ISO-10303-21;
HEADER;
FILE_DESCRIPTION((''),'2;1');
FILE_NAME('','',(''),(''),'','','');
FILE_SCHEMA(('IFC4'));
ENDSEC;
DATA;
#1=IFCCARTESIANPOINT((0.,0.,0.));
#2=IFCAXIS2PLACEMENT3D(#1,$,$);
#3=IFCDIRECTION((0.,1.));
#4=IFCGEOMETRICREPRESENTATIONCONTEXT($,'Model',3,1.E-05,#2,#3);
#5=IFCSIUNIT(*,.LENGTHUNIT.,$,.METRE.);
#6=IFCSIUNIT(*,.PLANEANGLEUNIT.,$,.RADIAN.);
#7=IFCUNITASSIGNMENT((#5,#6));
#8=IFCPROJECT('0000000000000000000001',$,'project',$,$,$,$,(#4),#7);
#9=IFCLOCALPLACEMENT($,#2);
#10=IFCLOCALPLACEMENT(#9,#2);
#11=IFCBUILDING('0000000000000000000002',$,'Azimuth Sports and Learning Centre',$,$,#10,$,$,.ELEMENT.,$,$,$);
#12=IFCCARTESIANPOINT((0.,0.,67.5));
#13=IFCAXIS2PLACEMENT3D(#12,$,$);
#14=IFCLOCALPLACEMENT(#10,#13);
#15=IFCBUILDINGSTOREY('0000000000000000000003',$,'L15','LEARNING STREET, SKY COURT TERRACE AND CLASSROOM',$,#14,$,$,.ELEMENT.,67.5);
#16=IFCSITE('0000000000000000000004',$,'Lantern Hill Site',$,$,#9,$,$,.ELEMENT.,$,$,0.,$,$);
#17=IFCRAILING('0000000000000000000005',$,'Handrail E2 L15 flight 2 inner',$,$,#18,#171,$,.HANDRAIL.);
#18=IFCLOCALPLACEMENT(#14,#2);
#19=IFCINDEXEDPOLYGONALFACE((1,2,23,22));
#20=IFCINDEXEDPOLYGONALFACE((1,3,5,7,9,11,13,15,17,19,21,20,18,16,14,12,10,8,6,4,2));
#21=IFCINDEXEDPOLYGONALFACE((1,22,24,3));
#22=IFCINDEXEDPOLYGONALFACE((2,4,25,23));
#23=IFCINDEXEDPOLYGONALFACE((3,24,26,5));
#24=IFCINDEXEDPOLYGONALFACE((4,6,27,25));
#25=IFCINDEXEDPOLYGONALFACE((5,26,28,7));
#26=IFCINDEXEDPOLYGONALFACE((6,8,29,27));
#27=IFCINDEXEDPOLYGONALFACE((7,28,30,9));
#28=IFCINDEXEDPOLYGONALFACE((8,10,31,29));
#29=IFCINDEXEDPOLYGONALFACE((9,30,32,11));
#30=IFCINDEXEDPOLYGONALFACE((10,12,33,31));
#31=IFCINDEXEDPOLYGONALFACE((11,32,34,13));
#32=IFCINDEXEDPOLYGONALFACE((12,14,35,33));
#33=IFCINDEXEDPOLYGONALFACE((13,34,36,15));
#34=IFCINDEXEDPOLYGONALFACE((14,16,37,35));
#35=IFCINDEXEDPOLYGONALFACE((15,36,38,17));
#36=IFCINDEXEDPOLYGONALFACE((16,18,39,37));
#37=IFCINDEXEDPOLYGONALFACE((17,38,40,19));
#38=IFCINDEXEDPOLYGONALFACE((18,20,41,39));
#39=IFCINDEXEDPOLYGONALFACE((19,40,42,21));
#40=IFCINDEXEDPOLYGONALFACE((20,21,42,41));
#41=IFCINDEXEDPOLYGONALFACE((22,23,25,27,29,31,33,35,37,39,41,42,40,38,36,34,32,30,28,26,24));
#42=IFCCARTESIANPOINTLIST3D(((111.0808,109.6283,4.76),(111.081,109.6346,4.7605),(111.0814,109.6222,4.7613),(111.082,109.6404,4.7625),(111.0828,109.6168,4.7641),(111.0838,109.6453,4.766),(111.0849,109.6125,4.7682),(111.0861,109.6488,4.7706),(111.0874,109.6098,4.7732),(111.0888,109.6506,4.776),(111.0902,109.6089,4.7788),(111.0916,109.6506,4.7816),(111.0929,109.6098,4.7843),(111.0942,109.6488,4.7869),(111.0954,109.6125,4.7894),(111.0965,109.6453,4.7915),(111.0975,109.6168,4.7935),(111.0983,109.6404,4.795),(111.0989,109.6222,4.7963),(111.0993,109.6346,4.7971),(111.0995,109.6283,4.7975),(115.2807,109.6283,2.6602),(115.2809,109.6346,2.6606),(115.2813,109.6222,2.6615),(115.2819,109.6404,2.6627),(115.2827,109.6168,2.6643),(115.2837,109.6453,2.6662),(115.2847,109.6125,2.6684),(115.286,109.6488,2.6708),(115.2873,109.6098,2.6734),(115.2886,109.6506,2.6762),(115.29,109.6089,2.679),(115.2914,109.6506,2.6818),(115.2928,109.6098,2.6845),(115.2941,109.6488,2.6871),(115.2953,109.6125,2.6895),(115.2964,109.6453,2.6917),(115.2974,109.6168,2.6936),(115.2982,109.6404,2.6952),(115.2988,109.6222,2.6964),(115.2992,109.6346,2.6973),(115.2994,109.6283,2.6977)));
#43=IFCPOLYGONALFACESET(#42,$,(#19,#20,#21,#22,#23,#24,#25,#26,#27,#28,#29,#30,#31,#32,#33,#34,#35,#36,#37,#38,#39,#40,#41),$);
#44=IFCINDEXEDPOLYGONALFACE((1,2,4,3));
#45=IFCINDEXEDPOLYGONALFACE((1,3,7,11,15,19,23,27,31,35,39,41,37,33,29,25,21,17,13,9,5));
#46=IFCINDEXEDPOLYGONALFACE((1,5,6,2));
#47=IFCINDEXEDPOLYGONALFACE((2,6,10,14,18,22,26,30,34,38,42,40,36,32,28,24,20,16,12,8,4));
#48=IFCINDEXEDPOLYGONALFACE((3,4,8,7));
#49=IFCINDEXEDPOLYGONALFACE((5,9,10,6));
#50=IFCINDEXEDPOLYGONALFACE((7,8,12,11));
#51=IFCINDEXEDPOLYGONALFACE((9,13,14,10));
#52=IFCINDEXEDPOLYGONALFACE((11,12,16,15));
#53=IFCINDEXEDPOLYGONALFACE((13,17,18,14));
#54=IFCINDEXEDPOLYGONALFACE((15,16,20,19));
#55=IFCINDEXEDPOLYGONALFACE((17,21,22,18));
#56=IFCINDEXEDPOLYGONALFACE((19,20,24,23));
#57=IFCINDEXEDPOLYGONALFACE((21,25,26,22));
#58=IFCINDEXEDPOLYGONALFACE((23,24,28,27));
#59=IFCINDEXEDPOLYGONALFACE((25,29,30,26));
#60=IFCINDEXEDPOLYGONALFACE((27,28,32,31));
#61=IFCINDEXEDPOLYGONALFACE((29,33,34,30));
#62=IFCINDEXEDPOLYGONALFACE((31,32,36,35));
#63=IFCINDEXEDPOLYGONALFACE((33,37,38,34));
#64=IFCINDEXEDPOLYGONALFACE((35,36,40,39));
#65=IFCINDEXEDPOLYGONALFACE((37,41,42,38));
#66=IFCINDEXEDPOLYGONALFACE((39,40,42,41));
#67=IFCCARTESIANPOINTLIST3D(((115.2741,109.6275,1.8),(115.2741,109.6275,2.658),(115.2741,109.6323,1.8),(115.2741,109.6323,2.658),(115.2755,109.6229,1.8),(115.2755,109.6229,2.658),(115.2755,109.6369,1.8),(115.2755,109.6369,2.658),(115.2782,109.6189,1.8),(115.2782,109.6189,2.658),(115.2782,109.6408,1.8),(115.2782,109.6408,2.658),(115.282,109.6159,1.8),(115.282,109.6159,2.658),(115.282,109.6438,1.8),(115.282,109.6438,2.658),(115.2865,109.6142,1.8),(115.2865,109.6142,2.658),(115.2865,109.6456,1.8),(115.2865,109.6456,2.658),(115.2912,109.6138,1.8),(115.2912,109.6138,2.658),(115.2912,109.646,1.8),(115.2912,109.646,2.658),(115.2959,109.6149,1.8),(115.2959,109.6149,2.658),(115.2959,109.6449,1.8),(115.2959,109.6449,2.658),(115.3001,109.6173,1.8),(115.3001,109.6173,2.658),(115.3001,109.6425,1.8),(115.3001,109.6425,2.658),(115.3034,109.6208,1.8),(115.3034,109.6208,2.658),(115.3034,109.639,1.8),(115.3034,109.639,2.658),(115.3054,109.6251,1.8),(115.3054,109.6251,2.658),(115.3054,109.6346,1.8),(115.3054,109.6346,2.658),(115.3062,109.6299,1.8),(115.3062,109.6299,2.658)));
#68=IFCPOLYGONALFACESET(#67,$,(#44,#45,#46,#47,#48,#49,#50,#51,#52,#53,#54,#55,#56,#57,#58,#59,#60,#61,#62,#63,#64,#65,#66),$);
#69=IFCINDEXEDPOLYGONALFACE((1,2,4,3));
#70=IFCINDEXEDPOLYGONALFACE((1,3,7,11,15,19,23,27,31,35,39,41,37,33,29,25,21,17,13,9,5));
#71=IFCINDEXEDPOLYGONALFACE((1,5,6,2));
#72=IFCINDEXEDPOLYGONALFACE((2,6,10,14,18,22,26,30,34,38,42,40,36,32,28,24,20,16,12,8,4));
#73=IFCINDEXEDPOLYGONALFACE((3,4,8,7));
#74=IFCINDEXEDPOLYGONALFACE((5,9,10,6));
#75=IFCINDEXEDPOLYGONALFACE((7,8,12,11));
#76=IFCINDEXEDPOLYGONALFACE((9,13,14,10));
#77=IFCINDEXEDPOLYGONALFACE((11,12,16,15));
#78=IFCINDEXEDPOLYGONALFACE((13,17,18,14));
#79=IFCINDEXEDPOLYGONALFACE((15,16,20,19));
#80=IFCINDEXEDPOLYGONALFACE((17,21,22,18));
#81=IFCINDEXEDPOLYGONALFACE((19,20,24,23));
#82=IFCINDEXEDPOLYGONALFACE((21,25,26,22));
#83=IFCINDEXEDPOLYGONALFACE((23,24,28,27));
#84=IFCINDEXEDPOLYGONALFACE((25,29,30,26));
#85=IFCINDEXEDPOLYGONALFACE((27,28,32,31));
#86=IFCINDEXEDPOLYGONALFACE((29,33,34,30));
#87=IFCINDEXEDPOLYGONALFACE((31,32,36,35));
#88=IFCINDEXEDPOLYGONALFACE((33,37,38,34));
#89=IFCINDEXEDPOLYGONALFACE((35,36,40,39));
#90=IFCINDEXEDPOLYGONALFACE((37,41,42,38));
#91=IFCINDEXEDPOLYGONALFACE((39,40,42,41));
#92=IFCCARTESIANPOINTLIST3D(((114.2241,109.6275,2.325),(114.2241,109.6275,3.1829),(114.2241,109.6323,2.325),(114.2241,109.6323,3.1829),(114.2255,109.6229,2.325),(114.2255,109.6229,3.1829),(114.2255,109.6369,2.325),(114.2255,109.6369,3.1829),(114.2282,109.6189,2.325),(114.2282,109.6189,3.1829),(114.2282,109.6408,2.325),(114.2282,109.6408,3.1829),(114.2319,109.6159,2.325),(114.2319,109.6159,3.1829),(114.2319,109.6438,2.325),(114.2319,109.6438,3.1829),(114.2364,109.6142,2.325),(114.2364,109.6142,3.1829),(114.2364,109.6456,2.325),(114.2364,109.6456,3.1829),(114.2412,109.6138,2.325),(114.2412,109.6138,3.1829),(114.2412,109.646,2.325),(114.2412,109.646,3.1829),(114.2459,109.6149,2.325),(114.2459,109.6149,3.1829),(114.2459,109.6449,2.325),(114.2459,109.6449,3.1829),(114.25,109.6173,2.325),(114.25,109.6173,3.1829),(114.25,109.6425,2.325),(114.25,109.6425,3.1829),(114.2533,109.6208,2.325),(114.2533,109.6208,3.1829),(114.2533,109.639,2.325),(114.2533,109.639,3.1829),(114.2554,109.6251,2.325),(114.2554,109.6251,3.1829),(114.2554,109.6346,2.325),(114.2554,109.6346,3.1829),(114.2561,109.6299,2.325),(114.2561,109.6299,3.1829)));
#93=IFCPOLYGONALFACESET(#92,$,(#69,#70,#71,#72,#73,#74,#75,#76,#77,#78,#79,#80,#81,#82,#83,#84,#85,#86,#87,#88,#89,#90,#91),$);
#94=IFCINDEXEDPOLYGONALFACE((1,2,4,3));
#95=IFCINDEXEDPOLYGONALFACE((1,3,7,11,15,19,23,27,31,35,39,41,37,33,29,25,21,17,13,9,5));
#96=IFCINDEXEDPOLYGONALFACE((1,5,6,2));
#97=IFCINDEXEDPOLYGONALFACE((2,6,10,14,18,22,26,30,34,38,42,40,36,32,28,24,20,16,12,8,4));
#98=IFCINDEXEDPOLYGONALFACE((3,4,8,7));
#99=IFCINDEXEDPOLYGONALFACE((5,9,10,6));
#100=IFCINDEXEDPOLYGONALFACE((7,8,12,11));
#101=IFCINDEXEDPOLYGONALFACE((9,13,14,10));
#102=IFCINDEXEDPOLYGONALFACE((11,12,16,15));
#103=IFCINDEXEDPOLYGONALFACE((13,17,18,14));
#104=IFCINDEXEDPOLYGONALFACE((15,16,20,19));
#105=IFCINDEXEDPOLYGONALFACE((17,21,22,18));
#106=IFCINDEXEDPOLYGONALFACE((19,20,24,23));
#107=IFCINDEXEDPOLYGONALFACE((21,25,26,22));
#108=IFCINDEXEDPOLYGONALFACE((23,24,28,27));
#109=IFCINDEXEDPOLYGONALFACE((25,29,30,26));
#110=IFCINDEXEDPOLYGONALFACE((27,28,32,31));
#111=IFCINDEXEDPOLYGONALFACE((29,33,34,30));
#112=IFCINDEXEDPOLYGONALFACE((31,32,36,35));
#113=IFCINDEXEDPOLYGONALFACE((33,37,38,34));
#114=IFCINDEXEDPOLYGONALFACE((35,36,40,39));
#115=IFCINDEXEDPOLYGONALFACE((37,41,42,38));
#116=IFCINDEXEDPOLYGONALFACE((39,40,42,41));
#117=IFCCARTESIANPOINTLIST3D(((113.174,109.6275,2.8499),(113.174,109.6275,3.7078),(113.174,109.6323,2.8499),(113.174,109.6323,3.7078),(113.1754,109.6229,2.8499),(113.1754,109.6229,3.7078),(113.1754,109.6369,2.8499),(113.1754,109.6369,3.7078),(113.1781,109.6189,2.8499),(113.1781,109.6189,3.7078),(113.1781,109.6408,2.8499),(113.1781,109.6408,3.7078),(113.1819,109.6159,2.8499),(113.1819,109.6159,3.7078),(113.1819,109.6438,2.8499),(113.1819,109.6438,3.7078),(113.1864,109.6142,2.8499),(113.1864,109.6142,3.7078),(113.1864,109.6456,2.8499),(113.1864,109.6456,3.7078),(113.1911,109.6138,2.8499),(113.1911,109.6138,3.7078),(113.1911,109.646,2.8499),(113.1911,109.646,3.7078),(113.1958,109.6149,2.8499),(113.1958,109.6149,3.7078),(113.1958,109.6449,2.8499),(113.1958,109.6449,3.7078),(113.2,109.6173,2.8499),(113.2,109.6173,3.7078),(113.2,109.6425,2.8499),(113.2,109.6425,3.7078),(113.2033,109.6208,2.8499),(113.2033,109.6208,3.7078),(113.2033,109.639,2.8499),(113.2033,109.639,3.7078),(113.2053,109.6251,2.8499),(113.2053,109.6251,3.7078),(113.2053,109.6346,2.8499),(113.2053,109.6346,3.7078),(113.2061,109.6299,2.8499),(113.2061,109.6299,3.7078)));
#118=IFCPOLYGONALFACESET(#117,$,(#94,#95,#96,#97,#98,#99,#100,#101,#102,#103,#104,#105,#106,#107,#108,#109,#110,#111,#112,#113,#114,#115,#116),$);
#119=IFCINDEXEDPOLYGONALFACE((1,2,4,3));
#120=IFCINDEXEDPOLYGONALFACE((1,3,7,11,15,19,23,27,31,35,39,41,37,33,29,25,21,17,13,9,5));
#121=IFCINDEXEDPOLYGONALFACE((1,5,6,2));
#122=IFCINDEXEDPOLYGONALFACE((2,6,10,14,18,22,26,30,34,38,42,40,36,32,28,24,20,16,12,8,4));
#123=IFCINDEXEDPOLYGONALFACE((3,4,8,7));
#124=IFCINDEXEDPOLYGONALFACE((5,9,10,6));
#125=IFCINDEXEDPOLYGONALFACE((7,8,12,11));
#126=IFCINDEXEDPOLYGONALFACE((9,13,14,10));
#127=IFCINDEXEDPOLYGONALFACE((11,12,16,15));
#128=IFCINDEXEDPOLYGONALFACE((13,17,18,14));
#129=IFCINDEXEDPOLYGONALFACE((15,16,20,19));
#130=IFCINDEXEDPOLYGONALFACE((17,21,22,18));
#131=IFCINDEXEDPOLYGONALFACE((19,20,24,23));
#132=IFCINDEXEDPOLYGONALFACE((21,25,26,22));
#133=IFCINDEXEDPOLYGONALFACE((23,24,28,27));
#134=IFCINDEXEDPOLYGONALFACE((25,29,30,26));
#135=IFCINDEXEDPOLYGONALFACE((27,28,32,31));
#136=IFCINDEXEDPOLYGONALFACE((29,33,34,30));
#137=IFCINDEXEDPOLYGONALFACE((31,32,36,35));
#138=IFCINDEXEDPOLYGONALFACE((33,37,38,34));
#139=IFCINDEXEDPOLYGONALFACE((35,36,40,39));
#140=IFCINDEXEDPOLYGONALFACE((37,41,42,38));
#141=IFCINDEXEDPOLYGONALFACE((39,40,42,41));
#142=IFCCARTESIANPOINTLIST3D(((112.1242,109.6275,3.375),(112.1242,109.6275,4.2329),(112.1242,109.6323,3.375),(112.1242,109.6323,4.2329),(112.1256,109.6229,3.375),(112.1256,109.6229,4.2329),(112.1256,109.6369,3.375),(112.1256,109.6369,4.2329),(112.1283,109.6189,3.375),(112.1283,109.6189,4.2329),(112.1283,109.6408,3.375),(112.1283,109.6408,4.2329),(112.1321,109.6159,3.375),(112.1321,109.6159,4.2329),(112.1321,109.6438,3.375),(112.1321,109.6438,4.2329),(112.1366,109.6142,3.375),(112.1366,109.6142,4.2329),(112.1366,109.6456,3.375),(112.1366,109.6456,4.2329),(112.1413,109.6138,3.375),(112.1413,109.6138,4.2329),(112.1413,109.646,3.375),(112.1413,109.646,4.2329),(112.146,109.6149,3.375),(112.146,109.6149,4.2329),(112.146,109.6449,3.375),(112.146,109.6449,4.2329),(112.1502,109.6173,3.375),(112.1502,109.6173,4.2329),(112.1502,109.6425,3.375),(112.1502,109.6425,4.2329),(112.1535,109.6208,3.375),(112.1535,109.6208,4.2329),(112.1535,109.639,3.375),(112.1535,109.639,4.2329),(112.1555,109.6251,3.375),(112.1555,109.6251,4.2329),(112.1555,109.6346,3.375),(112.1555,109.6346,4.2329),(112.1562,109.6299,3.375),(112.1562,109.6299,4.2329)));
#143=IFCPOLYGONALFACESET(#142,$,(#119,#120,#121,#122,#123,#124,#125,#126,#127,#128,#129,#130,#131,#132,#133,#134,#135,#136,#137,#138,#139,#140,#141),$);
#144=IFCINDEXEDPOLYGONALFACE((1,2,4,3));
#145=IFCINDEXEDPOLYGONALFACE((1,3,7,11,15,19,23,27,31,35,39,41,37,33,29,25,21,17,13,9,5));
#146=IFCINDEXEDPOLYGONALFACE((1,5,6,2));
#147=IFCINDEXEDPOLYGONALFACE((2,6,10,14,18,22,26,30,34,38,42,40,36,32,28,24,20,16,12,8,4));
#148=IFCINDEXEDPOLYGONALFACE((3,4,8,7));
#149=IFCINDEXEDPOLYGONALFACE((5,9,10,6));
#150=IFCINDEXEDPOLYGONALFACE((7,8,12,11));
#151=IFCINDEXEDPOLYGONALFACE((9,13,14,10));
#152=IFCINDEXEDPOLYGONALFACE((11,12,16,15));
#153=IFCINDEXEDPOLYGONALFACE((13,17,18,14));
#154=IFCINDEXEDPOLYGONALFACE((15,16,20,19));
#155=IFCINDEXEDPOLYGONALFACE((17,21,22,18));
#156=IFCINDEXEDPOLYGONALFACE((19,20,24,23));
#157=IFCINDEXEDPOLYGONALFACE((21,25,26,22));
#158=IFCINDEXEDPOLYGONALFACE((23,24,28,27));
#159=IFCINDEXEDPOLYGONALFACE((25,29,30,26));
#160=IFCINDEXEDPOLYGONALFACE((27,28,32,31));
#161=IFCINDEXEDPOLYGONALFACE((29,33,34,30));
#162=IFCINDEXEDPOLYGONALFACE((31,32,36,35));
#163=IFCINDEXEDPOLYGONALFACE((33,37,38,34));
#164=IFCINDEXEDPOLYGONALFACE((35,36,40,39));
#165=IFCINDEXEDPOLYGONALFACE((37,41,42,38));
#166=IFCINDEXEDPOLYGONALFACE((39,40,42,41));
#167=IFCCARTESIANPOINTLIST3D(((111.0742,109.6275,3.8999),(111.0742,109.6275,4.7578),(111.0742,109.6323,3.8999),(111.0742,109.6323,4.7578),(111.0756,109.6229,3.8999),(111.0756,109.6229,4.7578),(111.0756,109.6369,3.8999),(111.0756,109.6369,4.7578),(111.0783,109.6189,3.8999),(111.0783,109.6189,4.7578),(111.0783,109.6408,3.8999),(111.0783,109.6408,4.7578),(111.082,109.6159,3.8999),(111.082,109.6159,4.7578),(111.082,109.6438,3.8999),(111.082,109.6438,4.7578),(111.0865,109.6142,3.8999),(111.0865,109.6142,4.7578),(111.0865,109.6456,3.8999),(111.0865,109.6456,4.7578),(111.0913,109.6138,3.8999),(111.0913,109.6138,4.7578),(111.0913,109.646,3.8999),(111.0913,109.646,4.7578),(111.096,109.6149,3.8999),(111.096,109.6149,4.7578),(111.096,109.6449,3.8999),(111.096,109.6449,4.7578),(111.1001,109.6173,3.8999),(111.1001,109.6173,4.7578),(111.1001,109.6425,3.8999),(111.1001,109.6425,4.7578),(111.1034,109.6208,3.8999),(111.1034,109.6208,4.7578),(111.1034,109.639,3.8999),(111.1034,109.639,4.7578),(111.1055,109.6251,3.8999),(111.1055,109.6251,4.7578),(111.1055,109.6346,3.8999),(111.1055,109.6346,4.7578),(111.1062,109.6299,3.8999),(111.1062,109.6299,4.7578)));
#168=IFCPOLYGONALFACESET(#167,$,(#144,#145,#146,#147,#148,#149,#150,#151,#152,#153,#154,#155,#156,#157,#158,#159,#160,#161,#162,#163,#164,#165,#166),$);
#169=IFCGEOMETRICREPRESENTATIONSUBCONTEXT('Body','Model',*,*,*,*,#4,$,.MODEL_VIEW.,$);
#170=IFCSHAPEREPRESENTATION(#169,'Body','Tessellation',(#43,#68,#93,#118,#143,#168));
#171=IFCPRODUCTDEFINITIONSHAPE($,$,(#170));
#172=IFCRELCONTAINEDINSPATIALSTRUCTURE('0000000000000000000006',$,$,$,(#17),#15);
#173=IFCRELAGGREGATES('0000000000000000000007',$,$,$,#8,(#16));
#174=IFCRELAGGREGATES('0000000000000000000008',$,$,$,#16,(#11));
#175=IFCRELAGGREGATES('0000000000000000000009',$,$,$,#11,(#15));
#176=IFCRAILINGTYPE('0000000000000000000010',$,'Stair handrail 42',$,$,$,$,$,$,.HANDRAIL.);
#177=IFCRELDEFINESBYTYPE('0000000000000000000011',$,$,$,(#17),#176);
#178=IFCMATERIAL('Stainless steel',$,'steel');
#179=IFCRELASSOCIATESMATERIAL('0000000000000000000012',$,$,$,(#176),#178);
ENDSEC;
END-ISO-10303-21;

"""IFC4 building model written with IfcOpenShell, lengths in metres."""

from ifc_helpers import new_model, si_unit, direction, frame, origin, origin_2d, place, context, subcontext, project, spatial, circle, extrude, material, type_object, element, save


model = new_model("IFC4")

# Units and contexts
model_context = context("Model", 3, precision=1e-05, world=origin(), true_north=direction((0.0, 1.0)))
body_context = subcontext(model_context, "Body", "Model", "MODEL_VIEW")
ifc_project = project(units=[si_unit("LENGTHUNIT", "METRE"), si_unit("PLANEANGLEUNIT", "RADIAN")], contexts=[model_context])

# Site, building, storey
site_placement = place(None, origin())
site = spatial("IfcSite", under=ifc_project, at=site_placement, Name="Lantern Hill Site", CompositionType="ELEMENT", RefElevation=0.0)
building_placement = place(site_placement, origin())
building = spatial("IfcBuilding", under=site, at=building_placement, Name="Azimuth Sports and Learning Centre", CompositionType="ELEMENT")
storey_placement = place(building_placement, frame((0.0, 0.0, 67.5)))
storey = spatial("IfcBuildingStorey", under=building, at=storey_placement, Name="L15", Description="LEARNING STREET, SKY COURT TERRACE AND CLASSROOM", CompositionType="ELEMENT", Elevation=67.5)

# Railing
ifc_material_1 = material(Name="Stainless steel", Category="steel")
railing_type_1 = type_object("IfcRailingType", Name="Stair handrail 42", PredefinedType="HANDRAIL", material=ifc_material_1)
railing_1_placement = place(storey_placement, frame((115.29, 109.6299, 1.8)))
element("IfcRailing", 1, at=railing_1_placement, inside=storey, type_object=railing_type_1, Name="Handrail E2 L15 flight 2 inner", PredefinedType="HANDRAIL", context=body_context, shape_type="SweptSolid", body=[
    extrude(circle(Radius=0.021, at=origin_2d()), frame((0.0, 0.0, 0.8789), z_axis=(-0.894438, 0.0, 0.447193), x_axis=(0.0, -1.0, 0.0)), (0.0, 0.0, 1.0), 4.6956),
    extrude(circle(Radius=0.0161, at=origin_2d()), origin(), (0.0, 0.0, 1.0), 0.8579),
    extrude(circle(Radius=0.0161, at=origin_2d()), frame((-1.05, 0.0, 0.5249)), (0.0, 0.0, 1.0), 0.8579),
    extrude(circle(Radius=0.0161, at=origin_2d()), frame((-2.1001, 0.0, 1.0498)), (0.0, 0.0, 1.0), 0.8579),
    extrude(circle(Radius=0.0161, at=origin_2d()), frame((-3.1499, 0.0, 1.575)), (0.0, 0.0, 1.0), 0.8579),
    extrude(circle(Radius=0.0161, at=origin_2d()), frame((-4.2, 0.0, 2.0999)), (0.0, 0.0, 1.0), 0.8579),
])

save(model, "model.ifc")
